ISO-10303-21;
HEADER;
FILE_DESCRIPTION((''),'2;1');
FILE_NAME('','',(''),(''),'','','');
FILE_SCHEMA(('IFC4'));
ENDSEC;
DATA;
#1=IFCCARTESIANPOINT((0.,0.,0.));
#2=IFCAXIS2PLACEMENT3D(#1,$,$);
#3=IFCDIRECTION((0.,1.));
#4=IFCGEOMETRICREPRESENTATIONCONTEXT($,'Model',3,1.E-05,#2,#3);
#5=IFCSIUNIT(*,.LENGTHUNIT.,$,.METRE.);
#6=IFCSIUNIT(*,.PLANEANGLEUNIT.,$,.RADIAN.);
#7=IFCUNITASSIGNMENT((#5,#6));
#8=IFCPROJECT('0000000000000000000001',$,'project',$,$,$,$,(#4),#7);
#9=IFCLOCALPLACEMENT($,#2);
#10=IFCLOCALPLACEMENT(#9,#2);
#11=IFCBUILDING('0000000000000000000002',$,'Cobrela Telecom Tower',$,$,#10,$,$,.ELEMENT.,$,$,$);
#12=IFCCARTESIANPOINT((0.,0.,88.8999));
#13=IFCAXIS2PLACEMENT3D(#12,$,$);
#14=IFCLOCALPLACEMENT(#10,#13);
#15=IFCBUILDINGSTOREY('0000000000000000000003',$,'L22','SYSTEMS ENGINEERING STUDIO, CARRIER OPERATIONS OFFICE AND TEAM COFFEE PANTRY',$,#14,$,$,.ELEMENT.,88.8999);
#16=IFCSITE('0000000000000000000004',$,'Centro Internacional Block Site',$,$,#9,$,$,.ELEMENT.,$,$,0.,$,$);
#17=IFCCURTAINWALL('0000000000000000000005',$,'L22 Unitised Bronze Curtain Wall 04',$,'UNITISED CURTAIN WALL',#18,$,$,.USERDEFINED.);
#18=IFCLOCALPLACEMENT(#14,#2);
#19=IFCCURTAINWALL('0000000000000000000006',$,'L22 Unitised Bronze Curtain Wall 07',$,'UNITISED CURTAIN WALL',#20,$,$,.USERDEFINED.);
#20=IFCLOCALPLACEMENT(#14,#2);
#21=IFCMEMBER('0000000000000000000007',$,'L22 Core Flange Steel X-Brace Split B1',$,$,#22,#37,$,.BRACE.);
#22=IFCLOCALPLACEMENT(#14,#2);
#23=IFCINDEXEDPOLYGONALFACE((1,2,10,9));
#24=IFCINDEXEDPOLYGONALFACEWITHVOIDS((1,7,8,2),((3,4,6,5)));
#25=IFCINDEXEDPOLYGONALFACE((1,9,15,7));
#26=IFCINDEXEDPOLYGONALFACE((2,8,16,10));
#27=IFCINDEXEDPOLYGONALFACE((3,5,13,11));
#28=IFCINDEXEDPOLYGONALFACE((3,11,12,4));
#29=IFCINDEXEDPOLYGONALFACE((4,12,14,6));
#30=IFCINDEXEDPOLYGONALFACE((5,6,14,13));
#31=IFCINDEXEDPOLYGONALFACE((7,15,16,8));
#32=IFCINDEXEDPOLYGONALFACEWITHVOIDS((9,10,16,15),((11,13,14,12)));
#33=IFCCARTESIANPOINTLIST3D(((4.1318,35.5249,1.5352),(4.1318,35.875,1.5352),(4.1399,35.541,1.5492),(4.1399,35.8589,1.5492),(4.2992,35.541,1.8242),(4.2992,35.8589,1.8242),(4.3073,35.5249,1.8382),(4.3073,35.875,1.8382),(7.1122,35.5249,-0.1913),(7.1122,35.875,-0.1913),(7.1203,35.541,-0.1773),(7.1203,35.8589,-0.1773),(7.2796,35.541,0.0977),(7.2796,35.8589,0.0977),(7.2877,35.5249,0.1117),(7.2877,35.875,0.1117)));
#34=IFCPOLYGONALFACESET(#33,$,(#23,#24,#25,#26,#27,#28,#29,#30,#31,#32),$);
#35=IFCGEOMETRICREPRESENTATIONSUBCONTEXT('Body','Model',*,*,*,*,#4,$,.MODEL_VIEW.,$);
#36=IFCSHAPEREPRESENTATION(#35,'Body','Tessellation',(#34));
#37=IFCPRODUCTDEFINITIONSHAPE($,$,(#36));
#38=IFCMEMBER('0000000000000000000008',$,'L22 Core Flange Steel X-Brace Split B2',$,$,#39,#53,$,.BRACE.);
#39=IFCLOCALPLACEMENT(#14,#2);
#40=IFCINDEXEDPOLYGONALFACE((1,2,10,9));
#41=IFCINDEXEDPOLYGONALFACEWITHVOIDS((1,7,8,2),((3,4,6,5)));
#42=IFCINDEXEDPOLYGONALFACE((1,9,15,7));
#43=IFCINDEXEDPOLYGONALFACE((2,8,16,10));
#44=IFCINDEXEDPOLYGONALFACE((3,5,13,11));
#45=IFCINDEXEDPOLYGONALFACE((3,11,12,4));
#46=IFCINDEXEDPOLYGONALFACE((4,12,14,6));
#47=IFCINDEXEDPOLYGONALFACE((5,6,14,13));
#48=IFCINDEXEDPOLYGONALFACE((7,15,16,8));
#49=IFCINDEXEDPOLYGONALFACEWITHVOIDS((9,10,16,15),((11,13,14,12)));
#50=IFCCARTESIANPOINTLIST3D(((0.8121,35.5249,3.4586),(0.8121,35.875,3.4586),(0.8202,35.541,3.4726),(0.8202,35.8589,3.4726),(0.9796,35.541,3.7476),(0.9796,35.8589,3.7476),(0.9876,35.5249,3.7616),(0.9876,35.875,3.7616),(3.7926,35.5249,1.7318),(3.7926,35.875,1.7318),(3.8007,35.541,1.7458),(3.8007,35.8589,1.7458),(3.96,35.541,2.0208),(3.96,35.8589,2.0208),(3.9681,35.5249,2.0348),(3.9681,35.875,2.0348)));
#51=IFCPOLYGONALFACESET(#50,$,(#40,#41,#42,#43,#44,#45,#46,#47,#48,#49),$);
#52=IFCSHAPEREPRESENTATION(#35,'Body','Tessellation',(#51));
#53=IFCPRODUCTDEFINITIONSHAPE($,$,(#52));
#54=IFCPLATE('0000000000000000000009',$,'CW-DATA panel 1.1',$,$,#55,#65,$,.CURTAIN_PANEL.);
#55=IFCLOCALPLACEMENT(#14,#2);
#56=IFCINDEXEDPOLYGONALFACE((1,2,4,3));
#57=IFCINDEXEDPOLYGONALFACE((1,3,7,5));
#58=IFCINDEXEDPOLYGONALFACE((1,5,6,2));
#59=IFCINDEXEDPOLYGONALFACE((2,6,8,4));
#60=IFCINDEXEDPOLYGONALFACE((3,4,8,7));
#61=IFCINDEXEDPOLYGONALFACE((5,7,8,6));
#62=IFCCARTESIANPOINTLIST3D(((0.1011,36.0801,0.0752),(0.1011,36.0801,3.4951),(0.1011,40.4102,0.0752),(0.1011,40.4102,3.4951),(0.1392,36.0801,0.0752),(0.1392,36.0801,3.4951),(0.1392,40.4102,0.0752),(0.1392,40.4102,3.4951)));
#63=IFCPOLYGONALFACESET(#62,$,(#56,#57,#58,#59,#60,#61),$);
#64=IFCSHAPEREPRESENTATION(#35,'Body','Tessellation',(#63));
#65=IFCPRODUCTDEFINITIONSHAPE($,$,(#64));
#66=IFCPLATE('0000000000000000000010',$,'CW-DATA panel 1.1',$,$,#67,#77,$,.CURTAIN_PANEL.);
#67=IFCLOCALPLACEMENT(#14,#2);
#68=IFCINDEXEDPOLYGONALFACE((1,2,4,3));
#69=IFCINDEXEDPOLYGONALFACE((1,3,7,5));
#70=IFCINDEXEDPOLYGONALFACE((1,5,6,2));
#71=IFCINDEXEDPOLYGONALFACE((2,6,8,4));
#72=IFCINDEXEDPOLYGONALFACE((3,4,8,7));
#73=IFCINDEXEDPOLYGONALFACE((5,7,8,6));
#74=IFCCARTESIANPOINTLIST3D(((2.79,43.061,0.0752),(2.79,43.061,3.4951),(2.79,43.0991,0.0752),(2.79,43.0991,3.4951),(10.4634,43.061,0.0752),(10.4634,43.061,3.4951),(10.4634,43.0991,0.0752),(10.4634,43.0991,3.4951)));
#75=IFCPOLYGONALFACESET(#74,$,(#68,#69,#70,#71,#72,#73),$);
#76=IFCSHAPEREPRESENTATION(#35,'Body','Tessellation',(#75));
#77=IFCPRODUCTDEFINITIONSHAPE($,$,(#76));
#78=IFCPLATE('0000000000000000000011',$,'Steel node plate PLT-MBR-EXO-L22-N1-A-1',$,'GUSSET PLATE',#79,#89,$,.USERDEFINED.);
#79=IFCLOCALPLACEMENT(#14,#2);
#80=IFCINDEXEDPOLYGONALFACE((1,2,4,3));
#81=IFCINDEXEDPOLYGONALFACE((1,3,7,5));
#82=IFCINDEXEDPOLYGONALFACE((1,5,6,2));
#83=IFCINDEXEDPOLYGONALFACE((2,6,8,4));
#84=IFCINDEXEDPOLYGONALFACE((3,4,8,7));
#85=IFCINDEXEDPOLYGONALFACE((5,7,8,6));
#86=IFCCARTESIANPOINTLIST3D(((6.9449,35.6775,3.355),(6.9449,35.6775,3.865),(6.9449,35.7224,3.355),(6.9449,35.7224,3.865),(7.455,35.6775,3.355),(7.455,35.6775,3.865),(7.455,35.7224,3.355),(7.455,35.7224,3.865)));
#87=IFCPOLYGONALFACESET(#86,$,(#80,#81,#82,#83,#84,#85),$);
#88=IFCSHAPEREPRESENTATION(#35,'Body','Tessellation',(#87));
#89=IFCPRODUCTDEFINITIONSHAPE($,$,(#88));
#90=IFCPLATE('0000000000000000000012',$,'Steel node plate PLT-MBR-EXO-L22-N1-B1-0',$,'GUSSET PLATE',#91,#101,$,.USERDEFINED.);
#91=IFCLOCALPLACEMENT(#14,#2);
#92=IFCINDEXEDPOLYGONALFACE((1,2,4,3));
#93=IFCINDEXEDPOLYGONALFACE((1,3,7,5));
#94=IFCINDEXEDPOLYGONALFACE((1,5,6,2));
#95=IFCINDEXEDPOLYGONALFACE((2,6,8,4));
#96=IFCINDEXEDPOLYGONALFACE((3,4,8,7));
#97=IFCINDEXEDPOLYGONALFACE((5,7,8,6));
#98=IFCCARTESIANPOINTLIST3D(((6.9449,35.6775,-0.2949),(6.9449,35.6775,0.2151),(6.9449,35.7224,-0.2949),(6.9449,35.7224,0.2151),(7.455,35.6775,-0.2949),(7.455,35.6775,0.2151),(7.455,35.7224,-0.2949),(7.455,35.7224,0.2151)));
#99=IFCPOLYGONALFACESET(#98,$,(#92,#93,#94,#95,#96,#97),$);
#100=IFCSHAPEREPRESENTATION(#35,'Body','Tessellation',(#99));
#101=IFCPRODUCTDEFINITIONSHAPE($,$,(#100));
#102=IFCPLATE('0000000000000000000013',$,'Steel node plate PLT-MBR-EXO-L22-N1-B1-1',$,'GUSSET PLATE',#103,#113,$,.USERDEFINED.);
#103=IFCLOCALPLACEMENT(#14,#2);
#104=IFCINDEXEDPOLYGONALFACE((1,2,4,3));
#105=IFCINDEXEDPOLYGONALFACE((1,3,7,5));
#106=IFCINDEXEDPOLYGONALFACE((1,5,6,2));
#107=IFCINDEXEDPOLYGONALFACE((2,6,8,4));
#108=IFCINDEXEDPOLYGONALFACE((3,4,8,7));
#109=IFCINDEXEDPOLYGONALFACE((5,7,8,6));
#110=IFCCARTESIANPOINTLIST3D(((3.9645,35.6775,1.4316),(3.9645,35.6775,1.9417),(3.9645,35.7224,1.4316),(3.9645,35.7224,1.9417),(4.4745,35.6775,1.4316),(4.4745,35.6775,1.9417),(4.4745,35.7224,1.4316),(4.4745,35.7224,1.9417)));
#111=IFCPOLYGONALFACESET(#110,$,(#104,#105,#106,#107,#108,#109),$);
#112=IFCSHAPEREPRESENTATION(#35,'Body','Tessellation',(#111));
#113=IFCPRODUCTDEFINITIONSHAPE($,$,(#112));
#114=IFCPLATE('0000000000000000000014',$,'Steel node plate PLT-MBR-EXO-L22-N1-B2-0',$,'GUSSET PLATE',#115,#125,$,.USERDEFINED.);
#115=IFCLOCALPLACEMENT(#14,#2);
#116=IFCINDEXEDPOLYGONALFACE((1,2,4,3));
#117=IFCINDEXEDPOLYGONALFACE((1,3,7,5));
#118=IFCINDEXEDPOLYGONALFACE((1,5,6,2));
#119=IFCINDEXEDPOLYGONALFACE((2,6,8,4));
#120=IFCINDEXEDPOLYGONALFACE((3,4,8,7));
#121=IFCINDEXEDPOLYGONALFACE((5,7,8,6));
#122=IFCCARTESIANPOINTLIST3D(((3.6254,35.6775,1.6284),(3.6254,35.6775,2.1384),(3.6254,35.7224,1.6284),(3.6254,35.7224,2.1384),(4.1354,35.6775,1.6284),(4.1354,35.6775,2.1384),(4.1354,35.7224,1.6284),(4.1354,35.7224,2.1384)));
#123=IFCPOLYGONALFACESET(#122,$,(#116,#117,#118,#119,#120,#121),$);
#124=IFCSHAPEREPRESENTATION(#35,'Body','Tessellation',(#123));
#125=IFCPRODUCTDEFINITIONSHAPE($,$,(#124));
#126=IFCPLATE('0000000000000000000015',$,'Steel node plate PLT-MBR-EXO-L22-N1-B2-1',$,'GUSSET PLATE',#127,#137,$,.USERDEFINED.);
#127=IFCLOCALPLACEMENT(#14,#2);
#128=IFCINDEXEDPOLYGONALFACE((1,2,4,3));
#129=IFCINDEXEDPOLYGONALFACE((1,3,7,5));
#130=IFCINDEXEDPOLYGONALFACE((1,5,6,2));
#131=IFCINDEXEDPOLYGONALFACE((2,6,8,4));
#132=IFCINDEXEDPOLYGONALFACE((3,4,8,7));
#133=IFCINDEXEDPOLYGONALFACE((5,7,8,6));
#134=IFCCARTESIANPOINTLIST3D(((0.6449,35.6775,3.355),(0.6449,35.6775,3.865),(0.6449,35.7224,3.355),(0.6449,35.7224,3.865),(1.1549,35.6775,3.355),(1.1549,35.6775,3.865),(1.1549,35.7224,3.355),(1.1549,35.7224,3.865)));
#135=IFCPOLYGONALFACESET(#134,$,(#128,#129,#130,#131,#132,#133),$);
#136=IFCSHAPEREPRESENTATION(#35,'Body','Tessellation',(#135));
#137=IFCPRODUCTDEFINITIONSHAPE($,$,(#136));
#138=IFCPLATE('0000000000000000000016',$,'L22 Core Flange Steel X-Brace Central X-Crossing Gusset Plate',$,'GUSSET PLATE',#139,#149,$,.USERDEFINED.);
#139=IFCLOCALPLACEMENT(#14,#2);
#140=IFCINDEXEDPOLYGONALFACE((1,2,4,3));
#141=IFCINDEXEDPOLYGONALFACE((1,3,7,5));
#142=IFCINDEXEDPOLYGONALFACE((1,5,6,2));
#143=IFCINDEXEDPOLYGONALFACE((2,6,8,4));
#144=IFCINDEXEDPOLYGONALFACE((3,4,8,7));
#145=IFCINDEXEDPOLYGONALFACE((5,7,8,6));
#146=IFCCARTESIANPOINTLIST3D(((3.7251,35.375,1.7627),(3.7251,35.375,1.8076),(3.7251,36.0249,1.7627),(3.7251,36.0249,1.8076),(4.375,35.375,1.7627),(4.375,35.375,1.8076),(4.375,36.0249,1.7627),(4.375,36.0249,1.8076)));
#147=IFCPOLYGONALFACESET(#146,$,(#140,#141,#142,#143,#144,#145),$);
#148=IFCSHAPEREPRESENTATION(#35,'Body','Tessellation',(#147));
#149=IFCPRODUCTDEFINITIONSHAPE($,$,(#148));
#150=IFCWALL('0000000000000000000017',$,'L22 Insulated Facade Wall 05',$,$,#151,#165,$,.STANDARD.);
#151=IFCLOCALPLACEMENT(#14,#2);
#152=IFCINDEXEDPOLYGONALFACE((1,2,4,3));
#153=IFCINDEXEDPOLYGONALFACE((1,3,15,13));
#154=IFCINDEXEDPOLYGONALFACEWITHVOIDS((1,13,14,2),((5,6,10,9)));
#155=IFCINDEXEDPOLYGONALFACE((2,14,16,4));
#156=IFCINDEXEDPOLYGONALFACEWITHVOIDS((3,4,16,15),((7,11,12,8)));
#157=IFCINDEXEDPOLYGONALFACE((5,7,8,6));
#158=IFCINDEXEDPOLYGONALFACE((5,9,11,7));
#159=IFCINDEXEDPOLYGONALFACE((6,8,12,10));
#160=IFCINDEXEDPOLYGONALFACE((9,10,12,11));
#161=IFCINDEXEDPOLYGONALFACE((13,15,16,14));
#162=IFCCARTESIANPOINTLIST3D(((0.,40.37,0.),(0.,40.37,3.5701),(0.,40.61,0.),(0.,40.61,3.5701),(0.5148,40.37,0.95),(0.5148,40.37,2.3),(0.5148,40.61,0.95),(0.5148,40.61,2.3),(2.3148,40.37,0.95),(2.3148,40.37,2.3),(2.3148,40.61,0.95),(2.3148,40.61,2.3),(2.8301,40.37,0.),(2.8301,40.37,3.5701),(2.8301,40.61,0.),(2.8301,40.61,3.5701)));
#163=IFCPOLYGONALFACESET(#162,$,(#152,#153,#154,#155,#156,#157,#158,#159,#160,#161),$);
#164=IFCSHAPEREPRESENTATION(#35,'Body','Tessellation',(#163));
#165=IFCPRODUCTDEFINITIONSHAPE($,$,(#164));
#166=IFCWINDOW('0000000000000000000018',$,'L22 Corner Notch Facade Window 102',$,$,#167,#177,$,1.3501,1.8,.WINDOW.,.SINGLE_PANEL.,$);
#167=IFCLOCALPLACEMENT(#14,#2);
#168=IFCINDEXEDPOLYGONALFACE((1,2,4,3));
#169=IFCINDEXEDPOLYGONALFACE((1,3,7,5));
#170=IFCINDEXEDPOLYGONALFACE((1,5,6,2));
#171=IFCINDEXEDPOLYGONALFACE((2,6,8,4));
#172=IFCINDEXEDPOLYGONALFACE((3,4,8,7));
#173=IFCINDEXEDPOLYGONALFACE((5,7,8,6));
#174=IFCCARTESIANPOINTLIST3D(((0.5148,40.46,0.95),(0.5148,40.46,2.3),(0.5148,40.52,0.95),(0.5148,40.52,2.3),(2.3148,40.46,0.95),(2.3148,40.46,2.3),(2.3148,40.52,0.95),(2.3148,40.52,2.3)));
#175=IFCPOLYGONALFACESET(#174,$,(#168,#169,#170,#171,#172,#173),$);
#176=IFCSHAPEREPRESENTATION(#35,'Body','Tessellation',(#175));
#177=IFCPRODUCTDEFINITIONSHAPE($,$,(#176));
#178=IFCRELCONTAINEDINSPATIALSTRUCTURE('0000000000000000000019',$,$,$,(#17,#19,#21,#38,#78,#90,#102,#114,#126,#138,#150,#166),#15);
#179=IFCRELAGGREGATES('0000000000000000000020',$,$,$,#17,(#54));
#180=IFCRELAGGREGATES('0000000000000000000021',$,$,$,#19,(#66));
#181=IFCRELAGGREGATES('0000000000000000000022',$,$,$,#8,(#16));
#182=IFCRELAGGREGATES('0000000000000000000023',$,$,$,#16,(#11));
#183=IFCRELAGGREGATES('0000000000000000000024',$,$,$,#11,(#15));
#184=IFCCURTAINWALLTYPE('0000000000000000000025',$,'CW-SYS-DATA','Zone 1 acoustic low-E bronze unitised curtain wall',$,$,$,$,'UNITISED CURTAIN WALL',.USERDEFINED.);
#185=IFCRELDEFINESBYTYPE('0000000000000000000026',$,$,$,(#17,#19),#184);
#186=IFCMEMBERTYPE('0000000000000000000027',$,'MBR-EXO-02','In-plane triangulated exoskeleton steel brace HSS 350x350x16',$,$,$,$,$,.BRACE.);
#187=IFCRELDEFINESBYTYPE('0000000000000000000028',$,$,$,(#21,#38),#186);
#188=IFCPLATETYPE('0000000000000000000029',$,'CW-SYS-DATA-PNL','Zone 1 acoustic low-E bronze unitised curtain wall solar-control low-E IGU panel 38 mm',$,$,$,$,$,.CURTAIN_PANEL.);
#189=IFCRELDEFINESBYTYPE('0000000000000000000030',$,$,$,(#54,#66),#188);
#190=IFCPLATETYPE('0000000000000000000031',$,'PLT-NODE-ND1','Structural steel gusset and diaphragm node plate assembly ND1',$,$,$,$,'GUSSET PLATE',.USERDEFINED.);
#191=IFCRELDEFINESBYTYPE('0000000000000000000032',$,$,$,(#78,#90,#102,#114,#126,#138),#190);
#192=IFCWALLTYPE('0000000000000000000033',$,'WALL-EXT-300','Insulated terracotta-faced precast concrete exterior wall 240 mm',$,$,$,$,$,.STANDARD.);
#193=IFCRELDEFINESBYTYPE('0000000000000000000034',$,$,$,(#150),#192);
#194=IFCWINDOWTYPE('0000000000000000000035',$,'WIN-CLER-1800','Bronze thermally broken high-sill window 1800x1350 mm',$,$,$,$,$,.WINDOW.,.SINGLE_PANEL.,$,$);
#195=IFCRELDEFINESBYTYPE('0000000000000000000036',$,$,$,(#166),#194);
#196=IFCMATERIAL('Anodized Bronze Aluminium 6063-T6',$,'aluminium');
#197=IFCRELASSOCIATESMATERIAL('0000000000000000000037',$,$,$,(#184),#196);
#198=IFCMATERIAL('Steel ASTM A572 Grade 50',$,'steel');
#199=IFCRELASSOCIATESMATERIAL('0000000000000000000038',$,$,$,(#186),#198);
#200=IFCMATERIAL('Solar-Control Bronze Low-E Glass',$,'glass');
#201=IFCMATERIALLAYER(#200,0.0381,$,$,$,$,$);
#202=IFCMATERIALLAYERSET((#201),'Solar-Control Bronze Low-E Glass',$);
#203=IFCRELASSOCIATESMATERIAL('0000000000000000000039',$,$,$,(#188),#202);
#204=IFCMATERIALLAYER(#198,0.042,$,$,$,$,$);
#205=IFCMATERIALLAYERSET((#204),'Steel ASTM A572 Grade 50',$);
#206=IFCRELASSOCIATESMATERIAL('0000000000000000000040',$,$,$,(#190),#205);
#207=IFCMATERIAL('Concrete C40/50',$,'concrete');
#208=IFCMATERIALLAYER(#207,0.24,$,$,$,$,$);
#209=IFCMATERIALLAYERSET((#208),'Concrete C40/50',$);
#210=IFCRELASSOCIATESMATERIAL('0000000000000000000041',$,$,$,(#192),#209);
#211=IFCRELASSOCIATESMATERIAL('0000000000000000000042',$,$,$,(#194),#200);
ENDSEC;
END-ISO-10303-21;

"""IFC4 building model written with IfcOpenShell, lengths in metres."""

from ifc_helpers import new_model, si_unit, direction, frame, frame_2d, origin, origin_2d, place, context, subcontext, project, spatial, rectangle, hollow_rectangle, extrude, material, layer, layer_set, material_profile, profile_set, type_object, element, fill, aggregate, save


model = new_model("IFC4")

# Units and contexts
model_context = context("Model", 3, precision=1e-05, world=origin(), true_north=direction((0.0, 1.0)))
body_context = subcontext(model_context, "Body", "Model", "MODEL_VIEW")
ifc_project = project(units=[si_unit("LENGTHUNIT", "METRE"), si_unit("PLANEANGLEUNIT", "RADIAN")], contexts=[model_context])

# Site, building, storey
site_placement = place(None, origin())
site = spatial("IfcSite", under=ifc_project, at=site_placement, Name="Centro Internacional Block Site", CompositionType="ELEMENT", RefElevation=0.0)
building_placement = place(site_placement, origin())
building = spatial("IfcBuilding", under=site, at=building_placement, Name="Cobrela Telecom Tower", CompositionType="ELEMENT")
storey_placement = place(building_placement, frame((0.0, 0.0, 88.8999)))
storey = spatial("IfcBuildingStorey", under=building, at=storey_placement, Name="L22", Description="SYSTEMS ENGINEERING STUDIO, CARRIER OPERATIONS OFFICE AND TEAM COFFEE PANTRY", CompositionType="ELEMENT", Elevation=88.8999)

# Curtain walls
ifc_material_1 = material(Name="Anodized Bronze Aluminium 6063-T6", Category="aluminium")
curtain_wall_type = type_object("IfcCurtainWallType", Name="CW-SYS-DATA", Description="Zone 1 acoustic low-E bronze unitised curtain wall", ElementType="UNITISED CURTAIN WALL", PredefinedType="USERDEFINED", material=ifc_material_1)
curtain_wall_1_placement = place(storey_placement, origin())
curtain_wall_1 = element("IfcCurtainWall", 1, at=curtain_wall_1_placement, inside=storey, type_object=curtain_wall_type, Name="L22 Unitised Bronze Curtain Wall 04", ObjectType="UNITISED CURTAIN WALL", PredefinedType="USERDEFINED")
curtain_wall_2_placement = place(storey_placement, origin())
curtain_wall_2 = element("IfcCurtainWall", 2, at=curtain_wall_2_placement, inside=storey, type_object=curtain_wall_type, Name="L22 Unitised Bronze Curtain Wall 07", ObjectType="UNITISED CURTAIN WALL", PredefinedType="USERDEFINED")

# Members
ifc_material_2 = material(Name="Steel ASTM A572 Grade 50", Category="steel")
ifc_material_profile_1 = material_profile(ifc_material_2, hollow_rectangle(XDim=0.3501, YDim=0.3501, WallThickness=0.0161, at=origin_2d()), Name="HSS 350x350x16")
ifc_profile_set_1 = profile_set([ifc_material_profile_1], Name="Steel ASTM A572 Grade 50")
member_type_1 = type_object("IfcMemberType", Name="MBR-EXO-02", Description="In-plane triangulated exoskeleton steel brace HSS 350x350x16", PredefinedType="BRACE", material=ifc_profile_set_1)
member_1_placement = place(storey_placement, frame((7.2, 35.7, -0.0398), z_axis=(-0.865297, 0.0, 0.50126), x_axis=(0.0, -1.0, 0.0)))
element("IfcMember", 3, at=member_1_placement, inside=storey, type_object=member_type_1, Name="L22 Core Flange Steel X-Brace Split B1", PredefinedType="BRACE", context=body_context, shape_type="SweptSolid", body=[
    extrude(hollow_rectangle(XDim=0.3501, YDim=0.3501, WallThickness=0.0161, at=origin_2d()), origin(), (0.0, 0.0, 1.0), 3.4443),
])
member_2_placement = place(storey_placement, frame((3.8804, 35.7, 1.8833), z_axis=(-0.865266, 0.0, 0.501313), x_axis=(0.0, -1.0, 0.0)))
element("IfcMember", 4, at=member_2_placement, inside=storey, type_object=member_type_1, Name="L22 Core Flange Steel X-Brace Split B2", PredefinedType="BRACE", context=body_context, shape_type="SweptSolid", body=[
    extrude(hollow_rectangle(XDim=0.3501, YDim=0.3501, WallThickness=0.0161, at=origin_2d()), origin(), (0.0, 0.0, 1.0), 3.4446),
])

# Plates
ifc_material_3 = material(Name="Solar-Control Bronze Low-E Glass", Category="glass")
ifc_layer_1 = layer(ifc_material_3, 0.0381)
ifc_layer_set_1 = layer_set([ifc_layer_1], Name="Solar-Control Bronze Low-E Glass")
plate_type_1 = type_object("IfcPlateType", Name="CW-SYS-DATA-PNL", Description="Zone 1 acoustic low-E bronze unitised curtain wall solar-control low-E IGU panel 38 mm", PredefinedType="CURTAIN_PANEL", material=ifc_layer_set_1)
plate_1_placement = place(storey_placement, frame((0.1201, 38.2451, 0.0752), z_axis=(0.0, 0.0, 1.0), x_axis=(0.0, 1.0, 0.0)))
plate_1 = element("IfcPlate", 5, at=plate_1_placement, type_object=plate_type_1, Name="CW-DATA panel 1.1", PredefinedType="CURTAIN_PANEL", context=body_context, shape_type="SweptSolid", body=[
    extrude(rectangle(XDim=4.3301, YDim=0.0381, at=origin_2d()), origin(), (0.0, 0.0, 1.0), 3.4199),
])
aggregate(curtain_wall_1, [plate_1])
plate_2_placement = place(storey_placement, frame((6.6267, 43.0801, 0.0752), z_axis=(0.0, 0.0, 1.0), x_axis=(1.0, 0.0, 0.0)))
plate_2 = element("IfcPlate", 6, at=plate_2_placement, type_object=plate_type_1, Name="CW-DATA panel 1.1", PredefinedType="CURTAIN_PANEL", context=body_context, shape_type="SweptSolid", body=[
    extrude(rectangle(XDim=7.6733, YDim=0.0381, at=origin_2d()), origin(), (0.0, 0.0, 1.0), 3.4199),
])
aggregate(curtain_wall_2, [plate_2])

# Plates
ifc_layer_2 = layer(ifc_material_2, 0.042)
ifc_layer_set_2 = layer_set([ifc_layer_2], Name="Steel ASTM A572 Grade 50")
plate_type_2 = type_object("IfcPlateType", Name="PLT-NODE-ND1", Description="Structural steel gusset and diaphragm node plate assembly ND1", ElementType="GUSSET PLATE", PredefinedType="USERDEFINED", material=ifc_layer_set_2)
for number, where, z_axis, x_axis, name in (
    (7, (7.2, 35.7, 3.355), (0.0, 0.0, 1.0), (1.0, 0.0, 0.0), "Steel node plate PLT-MBR-EXO-L22-N1-A-1"),
    (8, (7.2, 35.7, -0.2949), (0.0, 0.0, 1.0), (-1.0, 0.0, 0.0), "Steel node plate PLT-MBR-EXO-L22-N1-B1-0"),
    (9, (4.2195, 35.7, 1.4316), (0.0, 0.0, 1.0), (-1.0, 0.0, 0.0), "Steel node plate PLT-MBR-EXO-L22-N1-B1-1"),
    (10, (3.8804, 35.7, 1.6284), (0.0, 0.0, 1.0), (-1.0, 0.0, 0.0), "Steel node plate PLT-MBR-EXO-L22-N1-B2-0"),
    (11, (0.8999, 35.7, 3.355), (0.0, 0.0, 1.0), (-1.0, 0.0, 0.0), "Steel node plate PLT-MBR-EXO-L22-N1-B2-1"),
):
    element("IfcPlate", number, at=place(storey_placement, frame(where, z_axis=z_axis, x_axis=x_axis)), inside=storey, type_object=plate_type_2, Name=name, ObjectType="GUSSET PLATE", PredefinedType="USERDEFINED", context=body_context, shape_type="SweptSolid", body=[
        extrude(rectangle(XDim=0.51, YDim=0.0449, at=origin_2d()), origin(), (0.0, 0.0, 1.0), 0.51),
    ])
plate_3_placement = place(storey_placement, frame((4.05, 35.7, 1.7627), z_axis=(0.0, 0.0, 1.0), x_axis=(1.0, 0.0, 0.0)))
element("IfcPlate", 12, at=plate_3_placement, inside=storey, type_object=plate_type_2, Name="L22 Core Flange Steel X-Brace Central X-Crossing Gusset Plate", ObjectType="GUSSET PLATE", PredefinedType="USERDEFINED", context=body_context, shape_type="SweptSolid", body=[
    extrude(rectangle(XDim=0.6499, YDim=0.6499, at=origin_2d()), origin(), (0.0, 0.0, 1.0), 0.0449),
])

# Wall, opening, window
ifc_material_4 = material(Name="Concrete C40/50", Category="concrete")
ifc_layer_3 = layer(ifc_material_4, 0.24)
ifc_layer_set_3 = layer_set([ifc_layer_3], Name="Concrete C40/50")
wall_type = type_object("IfcWallType", Name="WALL-EXT-300", Description="Insulated terracotta-faced precast concrete exterior wall 240 mm", PredefinedType="STANDARD", material=ifc_layer_set_3)
wall_1_placement = place(storey_placement, frame((0.0, 40.49, 0.0), z_axis=(0.0, 0.0, 1.0), x_axis=(1.0, 0.0, 0.0)))
wall_1 = element("IfcWall", 13, at=wall_1_placement, inside=storey, type_object=wall_type, Name="L22 Insulated Facade Wall 05", PredefinedType="STANDARD", context=body_context, shape_type="SweptSolid", body=[
    extrude(rectangle(XDim=2.8301, YDim=0.24, at=frame_2d((1.415, 0.0))), origin(), (0.0, 0.0, 1.0), 3.5701),
])
opening_1_placement = place(wall_1_placement, frame((0.5149, 0.0, 0.95)))
opening_1 = element("IfcOpeningElement", 14, at=opening_1_placement, cuts=wall_1, PredefinedType="OPENING", context=body_context, shape_type="SweptSolid", body=[
    extrude(rectangle(XDim=1.8, YDim=1.3501, at=frame_2d((0.8999, 0.675))), frame((0.0, 0.1318, 0.0), z_axis=(0.0, -1.0, 0.0), x_axis=(1.0, 0.0, 0.0)), (0.0, 0.0, 1.0), 0.2639),
])
window_type_1 = type_object("IfcWindowType", Name="WIN-CLER-1800", Description="Bronze thermally broken high-sill window 1800x1350 mm", PartitioningType="SINGLE_PANEL", PredefinedType="WINDOW", material=ifc_material_3)
window_1_placement = place(opening_1_placement, origin())
window_1 = element("IfcWindow", 15, at=window_1_placement, inside=storey, type_object=window_type_1, Name="L22 Corner Notch Facade Window 102", OverallHeight=1.3501, OverallWidth=1.8, PartitioningType="SINGLE_PANEL", PredefinedType="WINDOW", context=body_context, shape_type="SweptSolid", body=[
    extrude(rectangle(XDim=1.8, YDim=1.3501, at=frame_2d((0.8999, 0.675))), frame((0.0, 0.03, 0.0), z_axis=(0.0, -1.0, 0.0), x_axis=(1.0, 0.0, 0.0)), (0.0, 0.0, 1.0), 0.0601),
])
fill(opening_1, window_1)

save(model, "model.ifc")
